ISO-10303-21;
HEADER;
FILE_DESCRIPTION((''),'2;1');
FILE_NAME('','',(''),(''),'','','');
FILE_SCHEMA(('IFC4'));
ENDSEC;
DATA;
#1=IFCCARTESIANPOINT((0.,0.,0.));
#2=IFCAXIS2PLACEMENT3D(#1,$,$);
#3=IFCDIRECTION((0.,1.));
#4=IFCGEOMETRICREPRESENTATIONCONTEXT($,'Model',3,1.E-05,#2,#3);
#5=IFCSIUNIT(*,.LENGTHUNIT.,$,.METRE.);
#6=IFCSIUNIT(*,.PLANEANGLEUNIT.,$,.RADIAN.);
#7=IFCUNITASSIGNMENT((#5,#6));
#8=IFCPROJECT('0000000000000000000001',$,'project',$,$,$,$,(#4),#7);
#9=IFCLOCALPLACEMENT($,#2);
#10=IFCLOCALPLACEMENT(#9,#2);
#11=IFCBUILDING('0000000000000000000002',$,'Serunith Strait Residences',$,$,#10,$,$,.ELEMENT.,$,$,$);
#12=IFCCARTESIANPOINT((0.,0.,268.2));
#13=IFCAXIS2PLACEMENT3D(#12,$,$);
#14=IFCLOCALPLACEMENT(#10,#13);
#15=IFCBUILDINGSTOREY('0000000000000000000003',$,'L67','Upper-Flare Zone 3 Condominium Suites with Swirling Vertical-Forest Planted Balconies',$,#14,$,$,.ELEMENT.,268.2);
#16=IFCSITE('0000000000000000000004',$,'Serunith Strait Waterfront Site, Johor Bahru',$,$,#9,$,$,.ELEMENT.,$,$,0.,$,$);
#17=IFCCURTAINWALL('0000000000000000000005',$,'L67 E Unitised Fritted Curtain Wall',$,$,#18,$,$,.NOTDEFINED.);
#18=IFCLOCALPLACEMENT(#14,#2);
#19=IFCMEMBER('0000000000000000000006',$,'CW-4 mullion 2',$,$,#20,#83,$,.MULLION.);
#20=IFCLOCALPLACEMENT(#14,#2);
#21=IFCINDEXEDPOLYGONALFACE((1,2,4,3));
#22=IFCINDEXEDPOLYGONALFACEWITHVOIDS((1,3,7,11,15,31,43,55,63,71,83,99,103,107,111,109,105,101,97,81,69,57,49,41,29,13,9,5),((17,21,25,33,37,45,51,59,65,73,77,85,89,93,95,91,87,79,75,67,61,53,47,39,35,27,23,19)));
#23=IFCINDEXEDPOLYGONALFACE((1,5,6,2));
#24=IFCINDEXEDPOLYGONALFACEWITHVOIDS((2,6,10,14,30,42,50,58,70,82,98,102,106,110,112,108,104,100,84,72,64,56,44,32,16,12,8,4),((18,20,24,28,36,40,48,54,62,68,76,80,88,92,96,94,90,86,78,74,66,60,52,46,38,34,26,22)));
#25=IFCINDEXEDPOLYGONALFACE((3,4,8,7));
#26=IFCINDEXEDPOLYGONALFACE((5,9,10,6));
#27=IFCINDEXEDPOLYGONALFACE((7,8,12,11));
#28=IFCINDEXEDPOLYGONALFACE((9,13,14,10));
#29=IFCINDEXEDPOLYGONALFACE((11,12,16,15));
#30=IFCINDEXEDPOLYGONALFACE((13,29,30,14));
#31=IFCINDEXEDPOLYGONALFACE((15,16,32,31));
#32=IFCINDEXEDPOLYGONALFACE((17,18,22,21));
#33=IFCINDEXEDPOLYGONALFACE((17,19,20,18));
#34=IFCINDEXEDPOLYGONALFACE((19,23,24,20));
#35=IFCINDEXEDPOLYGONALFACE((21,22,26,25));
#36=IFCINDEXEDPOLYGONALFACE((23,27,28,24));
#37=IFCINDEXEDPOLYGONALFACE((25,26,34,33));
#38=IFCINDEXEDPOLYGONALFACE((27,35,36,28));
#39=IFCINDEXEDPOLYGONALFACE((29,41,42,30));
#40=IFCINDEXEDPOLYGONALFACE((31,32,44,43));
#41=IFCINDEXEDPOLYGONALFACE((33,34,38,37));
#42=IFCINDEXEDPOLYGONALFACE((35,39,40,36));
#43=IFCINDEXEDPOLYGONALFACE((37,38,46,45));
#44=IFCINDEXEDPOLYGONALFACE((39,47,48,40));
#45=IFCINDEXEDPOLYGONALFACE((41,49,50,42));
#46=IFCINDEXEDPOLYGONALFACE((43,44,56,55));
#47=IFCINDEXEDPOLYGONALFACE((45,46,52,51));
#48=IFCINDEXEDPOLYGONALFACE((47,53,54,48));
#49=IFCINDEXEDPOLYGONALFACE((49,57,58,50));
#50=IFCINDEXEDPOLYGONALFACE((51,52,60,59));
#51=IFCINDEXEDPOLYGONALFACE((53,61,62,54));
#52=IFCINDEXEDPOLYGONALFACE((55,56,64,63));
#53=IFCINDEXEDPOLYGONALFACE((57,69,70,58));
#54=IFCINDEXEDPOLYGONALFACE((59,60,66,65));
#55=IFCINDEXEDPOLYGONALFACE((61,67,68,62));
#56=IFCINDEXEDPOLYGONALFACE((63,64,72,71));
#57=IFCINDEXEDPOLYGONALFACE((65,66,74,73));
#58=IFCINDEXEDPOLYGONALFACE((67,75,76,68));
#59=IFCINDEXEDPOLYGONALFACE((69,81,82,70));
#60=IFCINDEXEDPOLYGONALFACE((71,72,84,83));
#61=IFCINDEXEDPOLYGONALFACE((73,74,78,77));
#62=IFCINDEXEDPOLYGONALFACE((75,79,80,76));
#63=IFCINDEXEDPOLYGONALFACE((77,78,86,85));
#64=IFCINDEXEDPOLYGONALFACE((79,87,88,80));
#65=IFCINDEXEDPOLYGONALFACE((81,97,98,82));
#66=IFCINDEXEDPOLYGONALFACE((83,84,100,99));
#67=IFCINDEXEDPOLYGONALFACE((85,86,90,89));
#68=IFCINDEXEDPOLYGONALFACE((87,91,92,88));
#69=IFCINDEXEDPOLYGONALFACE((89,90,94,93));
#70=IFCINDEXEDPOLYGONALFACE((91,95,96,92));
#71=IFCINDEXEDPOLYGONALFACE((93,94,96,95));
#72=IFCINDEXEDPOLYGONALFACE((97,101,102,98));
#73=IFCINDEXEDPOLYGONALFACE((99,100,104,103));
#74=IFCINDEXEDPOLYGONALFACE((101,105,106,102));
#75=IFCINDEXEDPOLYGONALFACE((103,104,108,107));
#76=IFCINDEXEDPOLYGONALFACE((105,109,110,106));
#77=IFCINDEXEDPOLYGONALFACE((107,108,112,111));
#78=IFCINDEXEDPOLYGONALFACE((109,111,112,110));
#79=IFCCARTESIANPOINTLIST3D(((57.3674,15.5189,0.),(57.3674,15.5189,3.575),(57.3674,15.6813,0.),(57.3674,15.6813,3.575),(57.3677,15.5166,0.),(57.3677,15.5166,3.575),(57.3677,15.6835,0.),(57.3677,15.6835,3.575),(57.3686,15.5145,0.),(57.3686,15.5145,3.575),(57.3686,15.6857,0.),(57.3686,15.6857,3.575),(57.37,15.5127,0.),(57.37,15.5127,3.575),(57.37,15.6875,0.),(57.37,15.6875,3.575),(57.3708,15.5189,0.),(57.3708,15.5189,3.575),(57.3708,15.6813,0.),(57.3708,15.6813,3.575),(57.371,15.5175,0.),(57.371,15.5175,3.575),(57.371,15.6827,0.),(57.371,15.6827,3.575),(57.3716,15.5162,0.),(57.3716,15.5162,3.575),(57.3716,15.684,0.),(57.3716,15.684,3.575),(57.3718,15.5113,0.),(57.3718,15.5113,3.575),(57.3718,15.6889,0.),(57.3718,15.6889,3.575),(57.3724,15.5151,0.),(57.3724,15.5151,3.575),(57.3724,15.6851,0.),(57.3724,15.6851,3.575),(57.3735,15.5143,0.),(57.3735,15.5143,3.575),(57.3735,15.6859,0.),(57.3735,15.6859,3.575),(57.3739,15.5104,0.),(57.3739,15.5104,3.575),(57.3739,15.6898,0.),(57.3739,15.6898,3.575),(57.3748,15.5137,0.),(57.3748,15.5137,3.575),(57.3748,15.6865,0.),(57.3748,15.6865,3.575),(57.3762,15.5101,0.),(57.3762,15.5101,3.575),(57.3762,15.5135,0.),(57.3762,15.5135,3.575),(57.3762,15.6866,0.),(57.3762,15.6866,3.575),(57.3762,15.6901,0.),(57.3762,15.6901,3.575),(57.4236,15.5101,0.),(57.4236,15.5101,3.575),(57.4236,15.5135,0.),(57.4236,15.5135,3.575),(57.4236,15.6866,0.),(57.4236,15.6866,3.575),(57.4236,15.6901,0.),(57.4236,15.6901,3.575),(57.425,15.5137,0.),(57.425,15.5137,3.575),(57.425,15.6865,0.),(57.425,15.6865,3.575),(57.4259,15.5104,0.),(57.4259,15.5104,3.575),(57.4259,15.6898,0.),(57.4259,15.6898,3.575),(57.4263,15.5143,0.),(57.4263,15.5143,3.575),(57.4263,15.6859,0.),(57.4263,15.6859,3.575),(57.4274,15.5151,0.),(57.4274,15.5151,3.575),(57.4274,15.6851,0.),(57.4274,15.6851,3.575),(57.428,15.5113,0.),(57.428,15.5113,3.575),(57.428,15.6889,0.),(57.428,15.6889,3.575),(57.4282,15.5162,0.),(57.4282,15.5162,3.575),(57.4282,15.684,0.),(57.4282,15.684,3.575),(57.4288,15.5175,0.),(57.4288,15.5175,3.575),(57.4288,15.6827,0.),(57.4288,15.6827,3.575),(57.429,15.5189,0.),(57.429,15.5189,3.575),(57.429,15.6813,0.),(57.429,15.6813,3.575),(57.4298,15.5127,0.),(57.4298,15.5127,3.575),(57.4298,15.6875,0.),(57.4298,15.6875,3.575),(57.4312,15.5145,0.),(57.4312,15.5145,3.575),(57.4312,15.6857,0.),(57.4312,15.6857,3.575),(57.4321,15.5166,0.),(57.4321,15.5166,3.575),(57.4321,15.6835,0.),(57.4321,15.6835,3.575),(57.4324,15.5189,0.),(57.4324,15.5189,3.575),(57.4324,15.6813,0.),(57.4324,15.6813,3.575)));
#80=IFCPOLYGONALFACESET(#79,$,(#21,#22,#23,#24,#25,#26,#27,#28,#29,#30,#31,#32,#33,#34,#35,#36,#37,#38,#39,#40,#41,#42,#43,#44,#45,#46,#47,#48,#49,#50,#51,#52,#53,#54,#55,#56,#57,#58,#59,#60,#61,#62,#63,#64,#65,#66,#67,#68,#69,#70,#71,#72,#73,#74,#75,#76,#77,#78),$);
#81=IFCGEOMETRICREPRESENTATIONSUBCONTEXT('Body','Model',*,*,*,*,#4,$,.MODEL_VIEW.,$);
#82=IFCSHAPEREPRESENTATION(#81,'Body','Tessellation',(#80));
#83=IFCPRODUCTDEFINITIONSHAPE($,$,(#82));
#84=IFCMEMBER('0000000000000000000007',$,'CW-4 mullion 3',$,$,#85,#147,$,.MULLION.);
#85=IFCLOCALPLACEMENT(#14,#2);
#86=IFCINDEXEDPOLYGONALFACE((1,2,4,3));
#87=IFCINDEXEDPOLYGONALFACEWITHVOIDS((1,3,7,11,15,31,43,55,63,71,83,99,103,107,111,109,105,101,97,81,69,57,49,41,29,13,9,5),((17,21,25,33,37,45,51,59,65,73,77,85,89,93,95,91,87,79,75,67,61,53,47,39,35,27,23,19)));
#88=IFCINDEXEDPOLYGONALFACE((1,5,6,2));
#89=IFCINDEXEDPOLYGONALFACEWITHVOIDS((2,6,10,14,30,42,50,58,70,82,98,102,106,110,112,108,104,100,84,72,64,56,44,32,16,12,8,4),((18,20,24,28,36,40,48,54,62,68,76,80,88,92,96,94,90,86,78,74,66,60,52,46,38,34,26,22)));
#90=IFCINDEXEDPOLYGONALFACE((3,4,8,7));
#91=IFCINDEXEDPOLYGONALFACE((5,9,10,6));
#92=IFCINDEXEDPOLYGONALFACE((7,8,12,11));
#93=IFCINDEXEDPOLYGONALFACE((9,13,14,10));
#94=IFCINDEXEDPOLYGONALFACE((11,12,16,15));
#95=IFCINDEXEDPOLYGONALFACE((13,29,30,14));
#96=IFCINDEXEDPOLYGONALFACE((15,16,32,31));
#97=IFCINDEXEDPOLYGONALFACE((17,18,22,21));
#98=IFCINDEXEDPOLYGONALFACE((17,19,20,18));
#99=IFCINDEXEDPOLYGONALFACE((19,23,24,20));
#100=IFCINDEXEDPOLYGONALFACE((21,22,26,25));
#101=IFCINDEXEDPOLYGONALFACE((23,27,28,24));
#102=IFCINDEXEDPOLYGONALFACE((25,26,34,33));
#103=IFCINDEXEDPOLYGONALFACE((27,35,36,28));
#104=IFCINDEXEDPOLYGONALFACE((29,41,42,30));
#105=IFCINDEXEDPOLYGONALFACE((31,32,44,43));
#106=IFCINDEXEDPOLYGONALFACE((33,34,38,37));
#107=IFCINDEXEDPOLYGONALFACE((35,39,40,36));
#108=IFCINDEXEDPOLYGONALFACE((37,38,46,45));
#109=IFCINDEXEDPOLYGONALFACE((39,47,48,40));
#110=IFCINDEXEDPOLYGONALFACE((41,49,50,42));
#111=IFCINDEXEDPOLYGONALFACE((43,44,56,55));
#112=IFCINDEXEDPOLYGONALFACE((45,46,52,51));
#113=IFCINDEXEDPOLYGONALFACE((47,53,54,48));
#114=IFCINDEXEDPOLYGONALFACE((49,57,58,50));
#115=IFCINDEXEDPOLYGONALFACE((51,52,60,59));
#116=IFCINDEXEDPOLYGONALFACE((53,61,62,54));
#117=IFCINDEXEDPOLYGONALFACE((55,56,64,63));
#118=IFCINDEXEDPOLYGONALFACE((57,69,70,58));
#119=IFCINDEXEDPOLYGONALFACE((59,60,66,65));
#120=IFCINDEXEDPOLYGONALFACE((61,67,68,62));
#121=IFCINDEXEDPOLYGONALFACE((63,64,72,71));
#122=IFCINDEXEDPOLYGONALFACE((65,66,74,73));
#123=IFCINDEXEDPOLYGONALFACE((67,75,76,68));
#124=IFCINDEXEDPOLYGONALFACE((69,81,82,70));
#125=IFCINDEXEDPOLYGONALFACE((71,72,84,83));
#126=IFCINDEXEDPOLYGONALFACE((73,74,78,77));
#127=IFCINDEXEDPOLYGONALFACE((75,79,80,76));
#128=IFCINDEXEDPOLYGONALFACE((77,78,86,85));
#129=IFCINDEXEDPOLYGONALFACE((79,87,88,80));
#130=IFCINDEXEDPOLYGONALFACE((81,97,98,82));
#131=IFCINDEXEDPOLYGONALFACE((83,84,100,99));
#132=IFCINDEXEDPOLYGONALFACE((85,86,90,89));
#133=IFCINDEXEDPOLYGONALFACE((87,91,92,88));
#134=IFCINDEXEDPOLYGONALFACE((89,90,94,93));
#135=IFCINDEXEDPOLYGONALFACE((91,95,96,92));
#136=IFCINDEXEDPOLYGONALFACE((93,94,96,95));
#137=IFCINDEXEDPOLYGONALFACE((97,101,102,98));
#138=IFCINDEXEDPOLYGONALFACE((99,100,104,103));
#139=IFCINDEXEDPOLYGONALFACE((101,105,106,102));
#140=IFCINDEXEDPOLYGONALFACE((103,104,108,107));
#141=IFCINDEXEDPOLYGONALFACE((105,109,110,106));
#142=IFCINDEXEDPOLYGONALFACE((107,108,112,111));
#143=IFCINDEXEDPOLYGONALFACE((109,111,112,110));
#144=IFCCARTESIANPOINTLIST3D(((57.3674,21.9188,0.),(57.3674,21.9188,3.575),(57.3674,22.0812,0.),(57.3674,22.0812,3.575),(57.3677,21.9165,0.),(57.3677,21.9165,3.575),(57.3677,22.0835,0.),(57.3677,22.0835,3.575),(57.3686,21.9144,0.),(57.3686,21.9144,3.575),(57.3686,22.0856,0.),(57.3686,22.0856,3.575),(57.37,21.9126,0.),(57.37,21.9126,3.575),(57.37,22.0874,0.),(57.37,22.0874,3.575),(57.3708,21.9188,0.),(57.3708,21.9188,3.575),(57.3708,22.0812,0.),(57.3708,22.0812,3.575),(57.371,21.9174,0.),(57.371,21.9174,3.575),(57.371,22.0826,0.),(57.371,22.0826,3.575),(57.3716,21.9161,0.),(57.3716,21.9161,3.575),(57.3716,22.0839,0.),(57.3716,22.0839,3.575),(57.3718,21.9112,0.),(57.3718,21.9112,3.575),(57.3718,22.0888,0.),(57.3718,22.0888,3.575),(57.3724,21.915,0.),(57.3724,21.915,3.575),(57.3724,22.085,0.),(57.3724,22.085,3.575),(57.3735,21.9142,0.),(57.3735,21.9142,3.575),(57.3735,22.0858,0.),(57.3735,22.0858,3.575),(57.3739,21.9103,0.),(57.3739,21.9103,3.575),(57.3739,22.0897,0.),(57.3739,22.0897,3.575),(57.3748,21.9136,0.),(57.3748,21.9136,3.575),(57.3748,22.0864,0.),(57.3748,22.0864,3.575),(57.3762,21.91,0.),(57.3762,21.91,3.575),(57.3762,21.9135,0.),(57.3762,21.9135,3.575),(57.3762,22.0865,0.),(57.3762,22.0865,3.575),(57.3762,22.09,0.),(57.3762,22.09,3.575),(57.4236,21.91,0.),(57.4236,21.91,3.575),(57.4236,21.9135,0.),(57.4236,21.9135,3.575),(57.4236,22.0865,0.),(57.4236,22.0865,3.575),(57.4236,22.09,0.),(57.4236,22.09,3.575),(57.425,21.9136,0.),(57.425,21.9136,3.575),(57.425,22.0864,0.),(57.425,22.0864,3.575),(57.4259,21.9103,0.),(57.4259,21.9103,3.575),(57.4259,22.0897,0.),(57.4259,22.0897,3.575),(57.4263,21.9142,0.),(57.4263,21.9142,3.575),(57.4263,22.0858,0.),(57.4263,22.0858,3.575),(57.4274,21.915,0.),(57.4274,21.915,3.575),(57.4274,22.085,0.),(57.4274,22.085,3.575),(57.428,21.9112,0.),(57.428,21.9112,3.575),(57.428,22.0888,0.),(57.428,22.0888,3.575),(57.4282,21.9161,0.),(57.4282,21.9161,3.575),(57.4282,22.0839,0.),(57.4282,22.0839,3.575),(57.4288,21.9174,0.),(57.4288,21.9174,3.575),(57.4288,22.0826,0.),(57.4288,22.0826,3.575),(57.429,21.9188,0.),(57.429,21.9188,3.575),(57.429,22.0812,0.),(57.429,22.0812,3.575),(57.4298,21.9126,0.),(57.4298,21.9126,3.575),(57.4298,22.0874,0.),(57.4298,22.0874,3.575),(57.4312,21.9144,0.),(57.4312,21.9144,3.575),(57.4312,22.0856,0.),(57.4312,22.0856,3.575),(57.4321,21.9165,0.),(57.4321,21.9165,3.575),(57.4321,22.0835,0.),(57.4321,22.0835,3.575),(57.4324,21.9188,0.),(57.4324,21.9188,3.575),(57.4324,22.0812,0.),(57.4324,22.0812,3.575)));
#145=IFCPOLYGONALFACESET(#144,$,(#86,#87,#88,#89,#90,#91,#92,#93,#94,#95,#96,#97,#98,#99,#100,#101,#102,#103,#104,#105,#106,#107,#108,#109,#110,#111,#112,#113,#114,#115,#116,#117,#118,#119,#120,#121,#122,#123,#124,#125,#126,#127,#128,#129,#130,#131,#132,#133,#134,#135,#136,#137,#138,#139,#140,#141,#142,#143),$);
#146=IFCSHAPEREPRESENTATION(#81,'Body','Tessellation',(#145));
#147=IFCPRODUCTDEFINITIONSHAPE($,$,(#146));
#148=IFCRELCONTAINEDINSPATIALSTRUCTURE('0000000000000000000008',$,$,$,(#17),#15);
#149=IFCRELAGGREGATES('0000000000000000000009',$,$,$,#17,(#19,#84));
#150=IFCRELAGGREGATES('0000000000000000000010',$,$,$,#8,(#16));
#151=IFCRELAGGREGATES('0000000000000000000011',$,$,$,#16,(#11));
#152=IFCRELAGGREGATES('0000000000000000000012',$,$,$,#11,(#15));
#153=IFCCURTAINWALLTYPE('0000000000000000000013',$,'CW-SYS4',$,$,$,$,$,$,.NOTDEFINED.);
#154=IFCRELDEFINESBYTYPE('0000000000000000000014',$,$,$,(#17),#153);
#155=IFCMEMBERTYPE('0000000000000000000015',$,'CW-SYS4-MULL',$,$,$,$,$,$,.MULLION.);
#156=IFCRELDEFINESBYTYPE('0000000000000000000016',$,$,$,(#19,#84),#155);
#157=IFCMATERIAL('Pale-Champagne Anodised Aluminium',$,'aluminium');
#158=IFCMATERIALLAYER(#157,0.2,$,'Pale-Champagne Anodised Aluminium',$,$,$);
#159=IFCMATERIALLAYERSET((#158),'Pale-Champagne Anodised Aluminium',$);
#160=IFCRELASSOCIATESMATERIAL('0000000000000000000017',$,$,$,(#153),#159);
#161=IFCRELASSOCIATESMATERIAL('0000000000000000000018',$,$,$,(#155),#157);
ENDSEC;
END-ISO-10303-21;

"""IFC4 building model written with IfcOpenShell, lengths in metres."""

from ifc_helpers import new_model, si_unit, direction, frame, origin, origin_2d, place, context, subcontext, project, spatial, hollow_rectangle, extrude, source, transform, mapped, material, layer, layer_set, material_profile, profile_set, type_object, element, aggregate, save


model = new_model("IFC4")

# Units and contexts
model_context = context("Model", 3, precision=1e-05, world=origin(), true_north=direction((0.0, 1.0)))
body_context = subcontext(model_context, "Body", "Model", "MODEL_VIEW")
ifc_project = project(units=[si_unit("LENGTHUNIT", "METRE"), si_unit("PLANEANGLEUNIT", "RADIAN")], contexts=[model_context])

# Site, building, storey
site_placement = place(None, origin())
site = spatial("IfcSite", under=ifc_project, at=site_placement, Name="Serunith Strait Waterfront Site, Johor Bahru", CompositionType="ELEMENT", RefElevation=0.0)
building_placement = place(site_placement, origin())
building = spatial("IfcBuilding", under=site, at=building_placement, Name="Serunith Strait Residences", CompositionType="ELEMENT")
storey_placement = place(building_placement, frame((0.0, 0.0, 268.2)))
storey = spatial("IfcBuildingStorey", under=building, at=storey_placement, Name="L67", Description="Upper-Flare Zone 3 Condominium Suites with Swirling Vertical-Forest Planted Balconies", CompositionType="ELEMENT", Elevation=268.2)

# Curtain wall, members
ifc_material_1 = material(Name="Pale-Champagne Anodised Aluminium", Category="aluminium")
ifc_layer_1 = layer(ifc_material_1, 0.2, Name="Pale-Champagne Anodised Aluminium")
ifc_layer_set_1 = layer_set([ifc_layer_1], Name="Pale-Champagne Anodised Aluminium")
curtain_wall_type = type_object("IfcCurtainWallType", Name="CW-SYS4", PredefinedType="NOTDEFINED", material=ifc_layer_set_1)
curtain_wall_placement = place(storey_placement, origin())
curtain_wall = element("IfcCurtainWall", 1, at=curtain_wall_placement, inside=storey, type_object=curtain_wall_type, Name="L67 E Unitised Fritted Curtain Wall", PredefinedType="NOTDEFINED")
ifc_material_profile_1 = material_profile(ifc_material_1, hollow_rectangle(XDim=0.0649, YDim=0.1799, WallThickness=0.0034, InnerFilletRadius=0.0054, OuterFilletRadius=0.0088, at=origin_2d()), Name="ALU 180x65x3.5")
ifc_profile_set_1 = profile_set([ifc_material_profile_1], Name="Pale-Champagne Anodised Aluminium")
member_type_1 = type_object("IfcMemberType", Name="CW-SYS4-MULL", PredefinedType="MULLION", material=ifc_profile_set_1)
shared_shape_1 = source(origin(), body_context, "Body", "SweptSolid", [
    extrude(hollow_rectangle(XDim=0.0649, YDim=0.1799, WallThickness=0.0034, InnerFilletRadius=0.0054, OuterFilletRadius=0.0088, at=origin_2d()), origin(), (0.0, 0.0, 1.0), 3.575),
])
member_1_placement = place(storey_placement, frame((57.3999, 15.6001, 0.0), z_axis=(0.0, 0.0, 1.0), x_axis=(-1.0, 0.0, 0.0)))
member_1 = element("IfcMember", 2, at=member_1_placement, type_object=member_type_1, Name="CW-4 mullion 2", PredefinedType="MULLION", context=body_context, shape_type="MappedRepresentation", body=[
    mapped(shared_shape_1, transform((0.0, 0.0, 0.0), scale=1.0)),
])
member_2_placement = place(storey_placement, frame((57.3999, 22.0, 0.0), z_axis=(0.0, 0.0, 1.0), x_axis=(-1.0, 0.0, 0.0)))
member_2 = element("IfcMember", 3, at=member_2_placement, type_object=member_type_1, Name="CW-4 mullion 3", PredefinedType="MULLION", context=body_context, shape_type="MappedRepresentation", body=[
    mapped(shared_shape_1, transform((0.0, 0.0, 0.0), scale=1.0)),
])
aggregate(curtain_wall, [member_1, member_2])

save(model, "model.ifc")
